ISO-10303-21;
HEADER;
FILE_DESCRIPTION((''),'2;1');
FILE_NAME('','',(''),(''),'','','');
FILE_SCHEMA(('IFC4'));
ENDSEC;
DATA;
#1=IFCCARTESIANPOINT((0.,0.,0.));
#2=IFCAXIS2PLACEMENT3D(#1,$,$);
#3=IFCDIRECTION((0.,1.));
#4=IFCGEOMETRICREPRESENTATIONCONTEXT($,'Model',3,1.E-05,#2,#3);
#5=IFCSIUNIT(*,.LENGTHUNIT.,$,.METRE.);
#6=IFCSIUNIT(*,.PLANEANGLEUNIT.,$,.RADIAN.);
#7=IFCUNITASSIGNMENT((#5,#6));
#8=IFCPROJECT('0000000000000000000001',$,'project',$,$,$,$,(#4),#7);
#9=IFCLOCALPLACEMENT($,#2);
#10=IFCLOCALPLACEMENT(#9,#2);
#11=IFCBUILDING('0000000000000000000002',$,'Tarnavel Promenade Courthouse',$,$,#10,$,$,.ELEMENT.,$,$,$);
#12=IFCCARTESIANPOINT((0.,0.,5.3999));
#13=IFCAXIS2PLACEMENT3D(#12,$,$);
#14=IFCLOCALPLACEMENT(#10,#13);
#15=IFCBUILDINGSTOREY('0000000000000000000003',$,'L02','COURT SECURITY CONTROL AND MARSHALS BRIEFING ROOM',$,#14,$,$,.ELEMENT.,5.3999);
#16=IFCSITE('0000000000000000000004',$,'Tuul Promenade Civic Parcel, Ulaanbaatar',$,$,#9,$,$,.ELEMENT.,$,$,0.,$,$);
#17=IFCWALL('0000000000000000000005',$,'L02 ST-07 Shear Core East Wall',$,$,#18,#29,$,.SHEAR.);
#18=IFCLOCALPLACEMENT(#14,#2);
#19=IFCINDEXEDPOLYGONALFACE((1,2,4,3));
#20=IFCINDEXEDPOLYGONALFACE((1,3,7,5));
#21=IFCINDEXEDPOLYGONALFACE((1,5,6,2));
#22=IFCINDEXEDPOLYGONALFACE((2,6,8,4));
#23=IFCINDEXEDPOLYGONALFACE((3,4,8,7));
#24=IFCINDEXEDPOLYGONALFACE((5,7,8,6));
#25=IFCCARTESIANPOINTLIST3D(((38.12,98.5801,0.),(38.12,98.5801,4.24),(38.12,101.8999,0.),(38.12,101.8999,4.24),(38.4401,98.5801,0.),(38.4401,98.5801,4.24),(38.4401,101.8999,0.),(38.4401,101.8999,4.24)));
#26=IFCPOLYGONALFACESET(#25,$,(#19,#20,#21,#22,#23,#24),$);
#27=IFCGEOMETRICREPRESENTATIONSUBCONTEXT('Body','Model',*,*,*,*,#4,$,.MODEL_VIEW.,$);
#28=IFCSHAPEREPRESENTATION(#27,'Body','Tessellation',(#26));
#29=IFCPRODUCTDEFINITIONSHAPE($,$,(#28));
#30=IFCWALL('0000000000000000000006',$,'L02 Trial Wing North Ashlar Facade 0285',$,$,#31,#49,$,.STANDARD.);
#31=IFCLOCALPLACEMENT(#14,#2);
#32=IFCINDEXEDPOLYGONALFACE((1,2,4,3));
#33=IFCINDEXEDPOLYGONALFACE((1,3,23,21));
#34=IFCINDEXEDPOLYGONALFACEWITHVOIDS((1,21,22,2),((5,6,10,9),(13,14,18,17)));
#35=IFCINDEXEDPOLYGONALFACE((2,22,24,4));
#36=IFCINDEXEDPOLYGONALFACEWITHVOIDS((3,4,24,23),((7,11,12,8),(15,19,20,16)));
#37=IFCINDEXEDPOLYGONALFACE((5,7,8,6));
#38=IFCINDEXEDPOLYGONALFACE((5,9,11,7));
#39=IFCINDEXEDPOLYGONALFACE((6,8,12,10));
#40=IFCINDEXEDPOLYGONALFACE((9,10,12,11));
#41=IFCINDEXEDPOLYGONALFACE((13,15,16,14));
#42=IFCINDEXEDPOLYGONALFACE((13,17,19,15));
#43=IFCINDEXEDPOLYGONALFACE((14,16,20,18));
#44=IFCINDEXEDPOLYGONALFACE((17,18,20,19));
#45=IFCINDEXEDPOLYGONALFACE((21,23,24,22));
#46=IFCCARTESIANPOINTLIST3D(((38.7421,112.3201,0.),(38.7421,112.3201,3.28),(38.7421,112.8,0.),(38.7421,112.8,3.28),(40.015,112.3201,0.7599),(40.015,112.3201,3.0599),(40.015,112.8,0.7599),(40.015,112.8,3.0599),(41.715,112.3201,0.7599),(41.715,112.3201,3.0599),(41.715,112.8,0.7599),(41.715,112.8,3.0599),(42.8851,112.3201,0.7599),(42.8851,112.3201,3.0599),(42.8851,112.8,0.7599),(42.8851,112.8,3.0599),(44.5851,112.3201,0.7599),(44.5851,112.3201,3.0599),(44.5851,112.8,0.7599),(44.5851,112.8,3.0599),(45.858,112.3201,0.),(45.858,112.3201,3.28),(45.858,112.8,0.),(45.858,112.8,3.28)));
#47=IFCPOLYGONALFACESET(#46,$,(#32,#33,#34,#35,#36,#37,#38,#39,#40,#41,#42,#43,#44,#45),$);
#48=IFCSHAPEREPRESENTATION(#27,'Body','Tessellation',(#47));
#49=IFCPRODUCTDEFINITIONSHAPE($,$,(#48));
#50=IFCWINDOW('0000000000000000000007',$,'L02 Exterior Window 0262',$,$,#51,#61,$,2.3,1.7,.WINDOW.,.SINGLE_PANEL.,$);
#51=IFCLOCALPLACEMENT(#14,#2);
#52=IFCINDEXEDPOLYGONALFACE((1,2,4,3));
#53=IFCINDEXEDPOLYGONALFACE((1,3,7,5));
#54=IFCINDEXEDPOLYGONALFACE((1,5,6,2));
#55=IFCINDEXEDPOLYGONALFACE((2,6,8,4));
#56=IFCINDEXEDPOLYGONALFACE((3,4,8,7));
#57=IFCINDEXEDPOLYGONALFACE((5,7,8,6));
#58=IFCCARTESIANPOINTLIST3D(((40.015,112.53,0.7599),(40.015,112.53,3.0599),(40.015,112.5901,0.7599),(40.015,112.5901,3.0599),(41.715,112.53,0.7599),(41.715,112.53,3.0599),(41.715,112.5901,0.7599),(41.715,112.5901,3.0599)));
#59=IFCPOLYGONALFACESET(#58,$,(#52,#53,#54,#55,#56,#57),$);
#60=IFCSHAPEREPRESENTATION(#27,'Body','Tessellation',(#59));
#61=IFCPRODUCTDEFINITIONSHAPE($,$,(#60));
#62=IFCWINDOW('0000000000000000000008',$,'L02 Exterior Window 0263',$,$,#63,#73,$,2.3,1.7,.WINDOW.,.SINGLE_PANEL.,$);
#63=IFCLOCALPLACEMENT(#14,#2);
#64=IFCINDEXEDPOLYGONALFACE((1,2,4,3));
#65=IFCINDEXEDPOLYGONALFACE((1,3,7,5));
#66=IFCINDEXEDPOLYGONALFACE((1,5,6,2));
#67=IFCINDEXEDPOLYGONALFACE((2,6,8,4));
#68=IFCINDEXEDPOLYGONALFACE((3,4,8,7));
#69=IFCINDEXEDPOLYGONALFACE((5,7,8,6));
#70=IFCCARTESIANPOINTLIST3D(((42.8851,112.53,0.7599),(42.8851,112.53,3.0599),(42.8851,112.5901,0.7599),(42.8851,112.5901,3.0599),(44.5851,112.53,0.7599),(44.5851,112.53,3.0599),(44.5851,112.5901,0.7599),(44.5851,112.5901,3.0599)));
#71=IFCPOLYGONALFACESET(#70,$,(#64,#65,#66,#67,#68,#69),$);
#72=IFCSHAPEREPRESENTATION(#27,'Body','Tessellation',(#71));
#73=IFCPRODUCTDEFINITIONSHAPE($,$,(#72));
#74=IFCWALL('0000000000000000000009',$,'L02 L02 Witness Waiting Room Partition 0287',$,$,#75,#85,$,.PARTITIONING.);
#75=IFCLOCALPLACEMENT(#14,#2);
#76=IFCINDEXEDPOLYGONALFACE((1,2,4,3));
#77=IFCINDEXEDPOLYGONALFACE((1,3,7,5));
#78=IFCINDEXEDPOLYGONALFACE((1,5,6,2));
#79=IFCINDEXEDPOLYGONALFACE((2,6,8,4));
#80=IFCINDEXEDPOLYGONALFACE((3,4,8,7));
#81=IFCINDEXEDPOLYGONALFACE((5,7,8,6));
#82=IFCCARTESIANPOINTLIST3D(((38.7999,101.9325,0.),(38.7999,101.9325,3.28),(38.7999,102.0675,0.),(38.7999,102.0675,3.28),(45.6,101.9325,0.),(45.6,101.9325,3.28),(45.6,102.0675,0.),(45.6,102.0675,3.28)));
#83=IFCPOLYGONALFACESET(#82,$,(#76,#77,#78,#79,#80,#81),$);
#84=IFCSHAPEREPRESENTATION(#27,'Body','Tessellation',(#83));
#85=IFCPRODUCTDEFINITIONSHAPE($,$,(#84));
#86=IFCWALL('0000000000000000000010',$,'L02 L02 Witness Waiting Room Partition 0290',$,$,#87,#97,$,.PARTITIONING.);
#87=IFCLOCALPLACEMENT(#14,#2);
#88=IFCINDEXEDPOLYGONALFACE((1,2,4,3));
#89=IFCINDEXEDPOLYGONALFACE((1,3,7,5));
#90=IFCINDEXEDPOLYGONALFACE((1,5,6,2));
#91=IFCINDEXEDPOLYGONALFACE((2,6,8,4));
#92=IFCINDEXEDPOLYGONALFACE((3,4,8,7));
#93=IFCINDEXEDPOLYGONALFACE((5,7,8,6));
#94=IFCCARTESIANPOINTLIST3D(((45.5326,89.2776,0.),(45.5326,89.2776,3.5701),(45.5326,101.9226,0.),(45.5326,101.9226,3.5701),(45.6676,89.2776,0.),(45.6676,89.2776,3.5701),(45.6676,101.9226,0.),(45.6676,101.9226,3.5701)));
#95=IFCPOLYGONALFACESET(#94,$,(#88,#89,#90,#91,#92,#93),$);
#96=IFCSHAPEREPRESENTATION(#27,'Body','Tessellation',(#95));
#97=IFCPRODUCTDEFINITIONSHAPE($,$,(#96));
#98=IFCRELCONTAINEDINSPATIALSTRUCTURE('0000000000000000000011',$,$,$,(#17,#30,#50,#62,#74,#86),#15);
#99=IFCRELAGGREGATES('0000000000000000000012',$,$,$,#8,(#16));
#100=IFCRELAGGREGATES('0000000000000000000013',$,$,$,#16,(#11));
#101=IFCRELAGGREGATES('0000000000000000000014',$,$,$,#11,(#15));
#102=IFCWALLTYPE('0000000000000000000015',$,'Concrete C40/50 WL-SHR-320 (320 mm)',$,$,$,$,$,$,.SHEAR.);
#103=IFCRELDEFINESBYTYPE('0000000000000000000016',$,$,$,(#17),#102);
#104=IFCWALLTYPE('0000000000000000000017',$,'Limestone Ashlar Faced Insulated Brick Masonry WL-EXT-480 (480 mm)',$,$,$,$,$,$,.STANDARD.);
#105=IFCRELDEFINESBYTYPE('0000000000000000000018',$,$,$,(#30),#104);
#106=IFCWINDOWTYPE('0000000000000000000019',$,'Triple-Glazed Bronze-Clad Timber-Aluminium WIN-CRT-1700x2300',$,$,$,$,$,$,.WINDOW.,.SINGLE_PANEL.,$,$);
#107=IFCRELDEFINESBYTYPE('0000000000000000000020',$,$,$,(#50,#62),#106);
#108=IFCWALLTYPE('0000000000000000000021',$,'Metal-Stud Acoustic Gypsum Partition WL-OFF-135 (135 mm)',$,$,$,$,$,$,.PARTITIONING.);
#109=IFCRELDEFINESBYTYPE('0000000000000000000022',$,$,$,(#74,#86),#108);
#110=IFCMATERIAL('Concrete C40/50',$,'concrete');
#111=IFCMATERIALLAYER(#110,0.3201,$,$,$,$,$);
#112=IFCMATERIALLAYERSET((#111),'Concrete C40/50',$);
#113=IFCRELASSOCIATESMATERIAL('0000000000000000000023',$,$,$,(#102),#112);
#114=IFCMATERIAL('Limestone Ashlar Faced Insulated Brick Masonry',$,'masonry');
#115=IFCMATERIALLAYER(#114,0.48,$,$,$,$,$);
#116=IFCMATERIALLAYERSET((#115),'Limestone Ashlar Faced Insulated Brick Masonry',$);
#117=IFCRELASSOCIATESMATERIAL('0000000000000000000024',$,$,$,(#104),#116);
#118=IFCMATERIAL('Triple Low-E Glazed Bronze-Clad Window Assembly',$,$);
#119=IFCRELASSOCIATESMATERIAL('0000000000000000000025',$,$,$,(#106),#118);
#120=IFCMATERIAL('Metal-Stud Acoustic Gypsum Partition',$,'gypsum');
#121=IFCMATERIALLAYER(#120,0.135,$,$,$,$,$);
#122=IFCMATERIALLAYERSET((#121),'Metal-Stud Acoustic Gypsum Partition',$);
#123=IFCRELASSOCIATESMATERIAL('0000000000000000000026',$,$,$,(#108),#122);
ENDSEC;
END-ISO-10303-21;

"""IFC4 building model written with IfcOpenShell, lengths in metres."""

from ifc_helpers import new_model, si_unit, direction, frame, frame_2d, origin, place, context, subcontext, project, spatial, rectangle, extrude, material, layer, layer_set, type_object, element, fill, save


model = new_model("IFC4")

# Units and contexts
model_context = context("Model", 3, precision=1e-05, world=origin(), true_north=direction((0.0, 1.0)))
body_context = subcontext(model_context, "Body", "Model", "MODEL_VIEW")
ifc_project = project(units=[si_unit("LENGTHUNIT", "METRE"), si_unit("PLANEANGLEUNIT", "RADIAN")], contexts=[model_context])

# Site, building, storey
site_placement = place(None, origin())
site = spatial("IfcSite", under=ifc_project, at=site_placement, Name="Tuul Promenade Civic Parcel, Ulaanbaatar", CompositionType="ELEMENT", RefElevation=0.0)
building_placement = place(site_placement, origin())
building = spatial("IfcBuilding", under=site, at=building_placement, Name="Tarnavel Promenade Courthouse", CompositionType="ELEMENT")
storey_placement = place(building_placement, frame((0.0, 0.0, 5.3999)))
storey = spatial("IfcBuildingStorey", under=building, at=storey_placement, Name="L02", Description="COURT SECURITY CONTROL AND MARSHALS BRIEFING ROOM", CompositionType="ELEMENT", Elevation=5.3999)

# Shared definitions
ifc_material_1 = material(Name="Concrete C40/50", Category="concrete")

# Wall
ifc_layer_1 = layer(ifc_material_1, 0.3201)
ifc_layer_set_1 = layer_set([ifc_layer_1], Name="Concrete C40/50")
wall_type_1 = type_object("IfcWallType", Name="Concrete C40/50 WL-SHR-320 (320 mm)", PredefinedType="SHEAR", material=ifc_layer_set_1)
wall_1_placement = place(storey_placement, frame((38.28, 101.8999, 0.0), z_axis=(0.0, 0.0, 1.0), x_axis=(0.0, -1.0, 0.0)))
element("IfcWall", 1, at=wall_1_placement, inside=storey, type_object=wall_type_1, Name="L02 ST-07 Shear Core East Wall", PredefinedType="SHEAR", context=body_context, shape_type="SweptSolid", body=[
    extrude(rectangle(XDim=3.3198, YDim=0.3201, at=frame_2d((1.6599, 0.0))), origin(), (0.0, 0.0, 1.0), 4.24),
])

# Wall, openings, windows
ifc_material_2 = material(Name="Limestone Ashlar Faced Insulated Brick Masonry", Category="masonry")
ifc_layer_2 = layer(ifc_material_2, 0.48)
ifc_layer_set_2 = layer_set([ifc_layer_2], Name="Limestone Ashlar Faced Insulated Brick Masonry")
wall_type_2 = type_object("IfcWallType", Name="Limestone Ashlar Faced Insulated Brick Masonry WL-EXT-480 (480 mm)", PredefinedType="STANDARD", material=ifc_layer_set_2)
wall_2_placement = place(storey_placement, frame((38.7419, 112.5601, 0.0), z_axis=(0.0, 0.0, 1.0), x_axis=(1.0, 0.0, 0.0)))
wall_2 = element("IfcWall", 2, at=wall_2_placement, inside=storey, type_object=wall_type_2, Name="L02 Trial Wing North Ashlar Facade 0285", PredefinedType="STANDARD", context=body_context, shape_type="SweptSolid", body=[
    extrude(rectangle(XDim=7.116, YDim=0.48, at=frame_2d((3.5581, 0.0))), origin(), (0.0, 0.0, 1.0), 3.28),
])
opening_1_placement = place(wall_2_placement, frame((1.2729, 0.0, 0.76)))
opening_1 = element("IfcOpeningElement", 3, at=opening_1_placement, cuts=wall_2, PredefinedType="OPENING", context=body_context, shape_type="SweptSolid", body=[
    extrude(rectangle(XDim=1.7, YDim=2.3, at=frame_2d((0.8501, 1.1499))), frame((0.0, 0.25, 0.0), z_axis=(0.0, -1.0, 0.0), x_axis=(1.0, 0.0, 0.0)), (0.0, 0.0, 1.0), 0.5),
])
opening_2_placement = place(wall_2_placement, frame((4.1431, 0.0, 0.76)))
opening_2 = element("IfcOpeningElement", 4, at=opening_2_placement, cuts=wall_2, PredefinedType="OPENING", context=body_context, shape_type="SweptSolid", body=[
    extrude(rectangle(XDim=1.7, YDim=2.3, at=frame_2d((0.8501, 1.1499))), frame((0.0, 0.25, 0.0), z_axis=(0.0, -1.0, 0.0), x_axis=(1.0, 0.0, 0.0)), (0.0, 0.0, 1.0), 0.5),
])
ifc_material_3 = material(Name="Triple Low-E Glazed Bronze-Clad Window Assembly")
window_type = type_object("IfcWindowType", Name="Triple-Glazed Bronze-Clad Timber-Aluminium WIN-CRT-1700x2300", PartitioningType="SINGLE_PANEL", PredefinedType="WINDOW", material=ifc_material_3)
window_1_placement = place(opening_1_placement, origin())
window_1 = element("IfcWindow", 5, at=window_1_placement, inside=storey, type_object=window_type, Name="L02 Exterior Window 0262", OverallHeight=2.3, OverallWidth=1.7, PartitioningType="SINGLE_PANEL", PredefinedType="WINDOW", context=body_context, shape_type="SweptSolid", body=[
    extrude(rectangle(XDim=1.7, YDim=2.3, at=frame_2d((0.8501, 1.1499))), frame((0.0, 0.03, 0.0), z_axis=(0.0, -1.0, 0.0), x_axis=(1.0, 0.0, 0.0)), (0.0, 0.0, 1.0), 0.0601),
])
fill(opening_1, window_1)
window_2_placement = place(opening_2_placement, origin())
window_2 = element("IfcWindow", 6, at=window_2_placement, inside=storey, type_object=window_type, Name="L02 Exterior Window 0263", OverallHeight=2.3, OverallWidth=1.7, PartitioningType="SINGLE_PANEL", PredefinedType="WINDOW", context=body_context, shape_type="SweptSolid", body=[
    extrude(rectangle(XDim=1.7, YDim=2.3, at=frame_2d((0.8501, 1.1499))), frame((0.0, 0.03, 0.0), z_axis=(0.0, -1.0, 0.0), x_axis=(1.0, 0.0, 0.0)), (0.0, 0.0, 1.0), 0.0601),
])
fill(opening_2, window_2)

# Walls
ifc_material_4 = material(Name="Metal-Stud Acoustic Gypsum Partition", Category="gypsum")
ifc_layer_3 = layer(ifc_material_4, 0.135)
ifc_layer_set_3 = layer_set([ifc_layer_3], Name="Metal-Stud Acoustic Gypsum Partition")
wall_type_3 = type_object("IfcWallType", Name="Metal-Stud Acoustic Gypsum Partition WL-OFF-135 (135 mm)", PredefinedType="PARTITIONING", material=ifc_layer_set_3)
wall_3_placement = place(storey_placement, frame((38.8, 102.0, 0.0), z_axis=(0.0, 0.0, 1.0), x_axis=(1.0, 0.0, 0.0)))
element("IfcWall", 7, at=wall_3_placement, inside=storey, type_object=wall_type_3, Name="L02 L02 Witness Waiting Room Partition 0287", PredefinedType="PARTITIONING", context=body_context, shape_type="SweptSolid", body=[
    extrude(rectangle(XDim=6.8, YDim=0.135, at=frame_2d((3.3999, 0.0))), origin(), (0.0, 0.0, 1.0), 3.28),
])
wall_4_placement = place(storey_placement, frame((45.6001, 101.9226, 0.0), z_axis=(0.0, 0.0, 1.0), x_axis=(0.0, -1.0, 0.0)))
element("IfcWall", 8, at=wall_4_placement, inside=storey, type_object=wall_type_3, Name="L02 L02 Witness Waiting Room Partition 0290", PredefinedType="PARTITIONING", context=body_context, shape_type="SweptSolid", body=[
    extrude(rectangle(XDim=12.645, YDim=0.135, at=frame_2d((6.3225, 0.0))), origin(), (0.0, 0.0, 1.0), 3.5701),
])

save(model, "model.ifc")
